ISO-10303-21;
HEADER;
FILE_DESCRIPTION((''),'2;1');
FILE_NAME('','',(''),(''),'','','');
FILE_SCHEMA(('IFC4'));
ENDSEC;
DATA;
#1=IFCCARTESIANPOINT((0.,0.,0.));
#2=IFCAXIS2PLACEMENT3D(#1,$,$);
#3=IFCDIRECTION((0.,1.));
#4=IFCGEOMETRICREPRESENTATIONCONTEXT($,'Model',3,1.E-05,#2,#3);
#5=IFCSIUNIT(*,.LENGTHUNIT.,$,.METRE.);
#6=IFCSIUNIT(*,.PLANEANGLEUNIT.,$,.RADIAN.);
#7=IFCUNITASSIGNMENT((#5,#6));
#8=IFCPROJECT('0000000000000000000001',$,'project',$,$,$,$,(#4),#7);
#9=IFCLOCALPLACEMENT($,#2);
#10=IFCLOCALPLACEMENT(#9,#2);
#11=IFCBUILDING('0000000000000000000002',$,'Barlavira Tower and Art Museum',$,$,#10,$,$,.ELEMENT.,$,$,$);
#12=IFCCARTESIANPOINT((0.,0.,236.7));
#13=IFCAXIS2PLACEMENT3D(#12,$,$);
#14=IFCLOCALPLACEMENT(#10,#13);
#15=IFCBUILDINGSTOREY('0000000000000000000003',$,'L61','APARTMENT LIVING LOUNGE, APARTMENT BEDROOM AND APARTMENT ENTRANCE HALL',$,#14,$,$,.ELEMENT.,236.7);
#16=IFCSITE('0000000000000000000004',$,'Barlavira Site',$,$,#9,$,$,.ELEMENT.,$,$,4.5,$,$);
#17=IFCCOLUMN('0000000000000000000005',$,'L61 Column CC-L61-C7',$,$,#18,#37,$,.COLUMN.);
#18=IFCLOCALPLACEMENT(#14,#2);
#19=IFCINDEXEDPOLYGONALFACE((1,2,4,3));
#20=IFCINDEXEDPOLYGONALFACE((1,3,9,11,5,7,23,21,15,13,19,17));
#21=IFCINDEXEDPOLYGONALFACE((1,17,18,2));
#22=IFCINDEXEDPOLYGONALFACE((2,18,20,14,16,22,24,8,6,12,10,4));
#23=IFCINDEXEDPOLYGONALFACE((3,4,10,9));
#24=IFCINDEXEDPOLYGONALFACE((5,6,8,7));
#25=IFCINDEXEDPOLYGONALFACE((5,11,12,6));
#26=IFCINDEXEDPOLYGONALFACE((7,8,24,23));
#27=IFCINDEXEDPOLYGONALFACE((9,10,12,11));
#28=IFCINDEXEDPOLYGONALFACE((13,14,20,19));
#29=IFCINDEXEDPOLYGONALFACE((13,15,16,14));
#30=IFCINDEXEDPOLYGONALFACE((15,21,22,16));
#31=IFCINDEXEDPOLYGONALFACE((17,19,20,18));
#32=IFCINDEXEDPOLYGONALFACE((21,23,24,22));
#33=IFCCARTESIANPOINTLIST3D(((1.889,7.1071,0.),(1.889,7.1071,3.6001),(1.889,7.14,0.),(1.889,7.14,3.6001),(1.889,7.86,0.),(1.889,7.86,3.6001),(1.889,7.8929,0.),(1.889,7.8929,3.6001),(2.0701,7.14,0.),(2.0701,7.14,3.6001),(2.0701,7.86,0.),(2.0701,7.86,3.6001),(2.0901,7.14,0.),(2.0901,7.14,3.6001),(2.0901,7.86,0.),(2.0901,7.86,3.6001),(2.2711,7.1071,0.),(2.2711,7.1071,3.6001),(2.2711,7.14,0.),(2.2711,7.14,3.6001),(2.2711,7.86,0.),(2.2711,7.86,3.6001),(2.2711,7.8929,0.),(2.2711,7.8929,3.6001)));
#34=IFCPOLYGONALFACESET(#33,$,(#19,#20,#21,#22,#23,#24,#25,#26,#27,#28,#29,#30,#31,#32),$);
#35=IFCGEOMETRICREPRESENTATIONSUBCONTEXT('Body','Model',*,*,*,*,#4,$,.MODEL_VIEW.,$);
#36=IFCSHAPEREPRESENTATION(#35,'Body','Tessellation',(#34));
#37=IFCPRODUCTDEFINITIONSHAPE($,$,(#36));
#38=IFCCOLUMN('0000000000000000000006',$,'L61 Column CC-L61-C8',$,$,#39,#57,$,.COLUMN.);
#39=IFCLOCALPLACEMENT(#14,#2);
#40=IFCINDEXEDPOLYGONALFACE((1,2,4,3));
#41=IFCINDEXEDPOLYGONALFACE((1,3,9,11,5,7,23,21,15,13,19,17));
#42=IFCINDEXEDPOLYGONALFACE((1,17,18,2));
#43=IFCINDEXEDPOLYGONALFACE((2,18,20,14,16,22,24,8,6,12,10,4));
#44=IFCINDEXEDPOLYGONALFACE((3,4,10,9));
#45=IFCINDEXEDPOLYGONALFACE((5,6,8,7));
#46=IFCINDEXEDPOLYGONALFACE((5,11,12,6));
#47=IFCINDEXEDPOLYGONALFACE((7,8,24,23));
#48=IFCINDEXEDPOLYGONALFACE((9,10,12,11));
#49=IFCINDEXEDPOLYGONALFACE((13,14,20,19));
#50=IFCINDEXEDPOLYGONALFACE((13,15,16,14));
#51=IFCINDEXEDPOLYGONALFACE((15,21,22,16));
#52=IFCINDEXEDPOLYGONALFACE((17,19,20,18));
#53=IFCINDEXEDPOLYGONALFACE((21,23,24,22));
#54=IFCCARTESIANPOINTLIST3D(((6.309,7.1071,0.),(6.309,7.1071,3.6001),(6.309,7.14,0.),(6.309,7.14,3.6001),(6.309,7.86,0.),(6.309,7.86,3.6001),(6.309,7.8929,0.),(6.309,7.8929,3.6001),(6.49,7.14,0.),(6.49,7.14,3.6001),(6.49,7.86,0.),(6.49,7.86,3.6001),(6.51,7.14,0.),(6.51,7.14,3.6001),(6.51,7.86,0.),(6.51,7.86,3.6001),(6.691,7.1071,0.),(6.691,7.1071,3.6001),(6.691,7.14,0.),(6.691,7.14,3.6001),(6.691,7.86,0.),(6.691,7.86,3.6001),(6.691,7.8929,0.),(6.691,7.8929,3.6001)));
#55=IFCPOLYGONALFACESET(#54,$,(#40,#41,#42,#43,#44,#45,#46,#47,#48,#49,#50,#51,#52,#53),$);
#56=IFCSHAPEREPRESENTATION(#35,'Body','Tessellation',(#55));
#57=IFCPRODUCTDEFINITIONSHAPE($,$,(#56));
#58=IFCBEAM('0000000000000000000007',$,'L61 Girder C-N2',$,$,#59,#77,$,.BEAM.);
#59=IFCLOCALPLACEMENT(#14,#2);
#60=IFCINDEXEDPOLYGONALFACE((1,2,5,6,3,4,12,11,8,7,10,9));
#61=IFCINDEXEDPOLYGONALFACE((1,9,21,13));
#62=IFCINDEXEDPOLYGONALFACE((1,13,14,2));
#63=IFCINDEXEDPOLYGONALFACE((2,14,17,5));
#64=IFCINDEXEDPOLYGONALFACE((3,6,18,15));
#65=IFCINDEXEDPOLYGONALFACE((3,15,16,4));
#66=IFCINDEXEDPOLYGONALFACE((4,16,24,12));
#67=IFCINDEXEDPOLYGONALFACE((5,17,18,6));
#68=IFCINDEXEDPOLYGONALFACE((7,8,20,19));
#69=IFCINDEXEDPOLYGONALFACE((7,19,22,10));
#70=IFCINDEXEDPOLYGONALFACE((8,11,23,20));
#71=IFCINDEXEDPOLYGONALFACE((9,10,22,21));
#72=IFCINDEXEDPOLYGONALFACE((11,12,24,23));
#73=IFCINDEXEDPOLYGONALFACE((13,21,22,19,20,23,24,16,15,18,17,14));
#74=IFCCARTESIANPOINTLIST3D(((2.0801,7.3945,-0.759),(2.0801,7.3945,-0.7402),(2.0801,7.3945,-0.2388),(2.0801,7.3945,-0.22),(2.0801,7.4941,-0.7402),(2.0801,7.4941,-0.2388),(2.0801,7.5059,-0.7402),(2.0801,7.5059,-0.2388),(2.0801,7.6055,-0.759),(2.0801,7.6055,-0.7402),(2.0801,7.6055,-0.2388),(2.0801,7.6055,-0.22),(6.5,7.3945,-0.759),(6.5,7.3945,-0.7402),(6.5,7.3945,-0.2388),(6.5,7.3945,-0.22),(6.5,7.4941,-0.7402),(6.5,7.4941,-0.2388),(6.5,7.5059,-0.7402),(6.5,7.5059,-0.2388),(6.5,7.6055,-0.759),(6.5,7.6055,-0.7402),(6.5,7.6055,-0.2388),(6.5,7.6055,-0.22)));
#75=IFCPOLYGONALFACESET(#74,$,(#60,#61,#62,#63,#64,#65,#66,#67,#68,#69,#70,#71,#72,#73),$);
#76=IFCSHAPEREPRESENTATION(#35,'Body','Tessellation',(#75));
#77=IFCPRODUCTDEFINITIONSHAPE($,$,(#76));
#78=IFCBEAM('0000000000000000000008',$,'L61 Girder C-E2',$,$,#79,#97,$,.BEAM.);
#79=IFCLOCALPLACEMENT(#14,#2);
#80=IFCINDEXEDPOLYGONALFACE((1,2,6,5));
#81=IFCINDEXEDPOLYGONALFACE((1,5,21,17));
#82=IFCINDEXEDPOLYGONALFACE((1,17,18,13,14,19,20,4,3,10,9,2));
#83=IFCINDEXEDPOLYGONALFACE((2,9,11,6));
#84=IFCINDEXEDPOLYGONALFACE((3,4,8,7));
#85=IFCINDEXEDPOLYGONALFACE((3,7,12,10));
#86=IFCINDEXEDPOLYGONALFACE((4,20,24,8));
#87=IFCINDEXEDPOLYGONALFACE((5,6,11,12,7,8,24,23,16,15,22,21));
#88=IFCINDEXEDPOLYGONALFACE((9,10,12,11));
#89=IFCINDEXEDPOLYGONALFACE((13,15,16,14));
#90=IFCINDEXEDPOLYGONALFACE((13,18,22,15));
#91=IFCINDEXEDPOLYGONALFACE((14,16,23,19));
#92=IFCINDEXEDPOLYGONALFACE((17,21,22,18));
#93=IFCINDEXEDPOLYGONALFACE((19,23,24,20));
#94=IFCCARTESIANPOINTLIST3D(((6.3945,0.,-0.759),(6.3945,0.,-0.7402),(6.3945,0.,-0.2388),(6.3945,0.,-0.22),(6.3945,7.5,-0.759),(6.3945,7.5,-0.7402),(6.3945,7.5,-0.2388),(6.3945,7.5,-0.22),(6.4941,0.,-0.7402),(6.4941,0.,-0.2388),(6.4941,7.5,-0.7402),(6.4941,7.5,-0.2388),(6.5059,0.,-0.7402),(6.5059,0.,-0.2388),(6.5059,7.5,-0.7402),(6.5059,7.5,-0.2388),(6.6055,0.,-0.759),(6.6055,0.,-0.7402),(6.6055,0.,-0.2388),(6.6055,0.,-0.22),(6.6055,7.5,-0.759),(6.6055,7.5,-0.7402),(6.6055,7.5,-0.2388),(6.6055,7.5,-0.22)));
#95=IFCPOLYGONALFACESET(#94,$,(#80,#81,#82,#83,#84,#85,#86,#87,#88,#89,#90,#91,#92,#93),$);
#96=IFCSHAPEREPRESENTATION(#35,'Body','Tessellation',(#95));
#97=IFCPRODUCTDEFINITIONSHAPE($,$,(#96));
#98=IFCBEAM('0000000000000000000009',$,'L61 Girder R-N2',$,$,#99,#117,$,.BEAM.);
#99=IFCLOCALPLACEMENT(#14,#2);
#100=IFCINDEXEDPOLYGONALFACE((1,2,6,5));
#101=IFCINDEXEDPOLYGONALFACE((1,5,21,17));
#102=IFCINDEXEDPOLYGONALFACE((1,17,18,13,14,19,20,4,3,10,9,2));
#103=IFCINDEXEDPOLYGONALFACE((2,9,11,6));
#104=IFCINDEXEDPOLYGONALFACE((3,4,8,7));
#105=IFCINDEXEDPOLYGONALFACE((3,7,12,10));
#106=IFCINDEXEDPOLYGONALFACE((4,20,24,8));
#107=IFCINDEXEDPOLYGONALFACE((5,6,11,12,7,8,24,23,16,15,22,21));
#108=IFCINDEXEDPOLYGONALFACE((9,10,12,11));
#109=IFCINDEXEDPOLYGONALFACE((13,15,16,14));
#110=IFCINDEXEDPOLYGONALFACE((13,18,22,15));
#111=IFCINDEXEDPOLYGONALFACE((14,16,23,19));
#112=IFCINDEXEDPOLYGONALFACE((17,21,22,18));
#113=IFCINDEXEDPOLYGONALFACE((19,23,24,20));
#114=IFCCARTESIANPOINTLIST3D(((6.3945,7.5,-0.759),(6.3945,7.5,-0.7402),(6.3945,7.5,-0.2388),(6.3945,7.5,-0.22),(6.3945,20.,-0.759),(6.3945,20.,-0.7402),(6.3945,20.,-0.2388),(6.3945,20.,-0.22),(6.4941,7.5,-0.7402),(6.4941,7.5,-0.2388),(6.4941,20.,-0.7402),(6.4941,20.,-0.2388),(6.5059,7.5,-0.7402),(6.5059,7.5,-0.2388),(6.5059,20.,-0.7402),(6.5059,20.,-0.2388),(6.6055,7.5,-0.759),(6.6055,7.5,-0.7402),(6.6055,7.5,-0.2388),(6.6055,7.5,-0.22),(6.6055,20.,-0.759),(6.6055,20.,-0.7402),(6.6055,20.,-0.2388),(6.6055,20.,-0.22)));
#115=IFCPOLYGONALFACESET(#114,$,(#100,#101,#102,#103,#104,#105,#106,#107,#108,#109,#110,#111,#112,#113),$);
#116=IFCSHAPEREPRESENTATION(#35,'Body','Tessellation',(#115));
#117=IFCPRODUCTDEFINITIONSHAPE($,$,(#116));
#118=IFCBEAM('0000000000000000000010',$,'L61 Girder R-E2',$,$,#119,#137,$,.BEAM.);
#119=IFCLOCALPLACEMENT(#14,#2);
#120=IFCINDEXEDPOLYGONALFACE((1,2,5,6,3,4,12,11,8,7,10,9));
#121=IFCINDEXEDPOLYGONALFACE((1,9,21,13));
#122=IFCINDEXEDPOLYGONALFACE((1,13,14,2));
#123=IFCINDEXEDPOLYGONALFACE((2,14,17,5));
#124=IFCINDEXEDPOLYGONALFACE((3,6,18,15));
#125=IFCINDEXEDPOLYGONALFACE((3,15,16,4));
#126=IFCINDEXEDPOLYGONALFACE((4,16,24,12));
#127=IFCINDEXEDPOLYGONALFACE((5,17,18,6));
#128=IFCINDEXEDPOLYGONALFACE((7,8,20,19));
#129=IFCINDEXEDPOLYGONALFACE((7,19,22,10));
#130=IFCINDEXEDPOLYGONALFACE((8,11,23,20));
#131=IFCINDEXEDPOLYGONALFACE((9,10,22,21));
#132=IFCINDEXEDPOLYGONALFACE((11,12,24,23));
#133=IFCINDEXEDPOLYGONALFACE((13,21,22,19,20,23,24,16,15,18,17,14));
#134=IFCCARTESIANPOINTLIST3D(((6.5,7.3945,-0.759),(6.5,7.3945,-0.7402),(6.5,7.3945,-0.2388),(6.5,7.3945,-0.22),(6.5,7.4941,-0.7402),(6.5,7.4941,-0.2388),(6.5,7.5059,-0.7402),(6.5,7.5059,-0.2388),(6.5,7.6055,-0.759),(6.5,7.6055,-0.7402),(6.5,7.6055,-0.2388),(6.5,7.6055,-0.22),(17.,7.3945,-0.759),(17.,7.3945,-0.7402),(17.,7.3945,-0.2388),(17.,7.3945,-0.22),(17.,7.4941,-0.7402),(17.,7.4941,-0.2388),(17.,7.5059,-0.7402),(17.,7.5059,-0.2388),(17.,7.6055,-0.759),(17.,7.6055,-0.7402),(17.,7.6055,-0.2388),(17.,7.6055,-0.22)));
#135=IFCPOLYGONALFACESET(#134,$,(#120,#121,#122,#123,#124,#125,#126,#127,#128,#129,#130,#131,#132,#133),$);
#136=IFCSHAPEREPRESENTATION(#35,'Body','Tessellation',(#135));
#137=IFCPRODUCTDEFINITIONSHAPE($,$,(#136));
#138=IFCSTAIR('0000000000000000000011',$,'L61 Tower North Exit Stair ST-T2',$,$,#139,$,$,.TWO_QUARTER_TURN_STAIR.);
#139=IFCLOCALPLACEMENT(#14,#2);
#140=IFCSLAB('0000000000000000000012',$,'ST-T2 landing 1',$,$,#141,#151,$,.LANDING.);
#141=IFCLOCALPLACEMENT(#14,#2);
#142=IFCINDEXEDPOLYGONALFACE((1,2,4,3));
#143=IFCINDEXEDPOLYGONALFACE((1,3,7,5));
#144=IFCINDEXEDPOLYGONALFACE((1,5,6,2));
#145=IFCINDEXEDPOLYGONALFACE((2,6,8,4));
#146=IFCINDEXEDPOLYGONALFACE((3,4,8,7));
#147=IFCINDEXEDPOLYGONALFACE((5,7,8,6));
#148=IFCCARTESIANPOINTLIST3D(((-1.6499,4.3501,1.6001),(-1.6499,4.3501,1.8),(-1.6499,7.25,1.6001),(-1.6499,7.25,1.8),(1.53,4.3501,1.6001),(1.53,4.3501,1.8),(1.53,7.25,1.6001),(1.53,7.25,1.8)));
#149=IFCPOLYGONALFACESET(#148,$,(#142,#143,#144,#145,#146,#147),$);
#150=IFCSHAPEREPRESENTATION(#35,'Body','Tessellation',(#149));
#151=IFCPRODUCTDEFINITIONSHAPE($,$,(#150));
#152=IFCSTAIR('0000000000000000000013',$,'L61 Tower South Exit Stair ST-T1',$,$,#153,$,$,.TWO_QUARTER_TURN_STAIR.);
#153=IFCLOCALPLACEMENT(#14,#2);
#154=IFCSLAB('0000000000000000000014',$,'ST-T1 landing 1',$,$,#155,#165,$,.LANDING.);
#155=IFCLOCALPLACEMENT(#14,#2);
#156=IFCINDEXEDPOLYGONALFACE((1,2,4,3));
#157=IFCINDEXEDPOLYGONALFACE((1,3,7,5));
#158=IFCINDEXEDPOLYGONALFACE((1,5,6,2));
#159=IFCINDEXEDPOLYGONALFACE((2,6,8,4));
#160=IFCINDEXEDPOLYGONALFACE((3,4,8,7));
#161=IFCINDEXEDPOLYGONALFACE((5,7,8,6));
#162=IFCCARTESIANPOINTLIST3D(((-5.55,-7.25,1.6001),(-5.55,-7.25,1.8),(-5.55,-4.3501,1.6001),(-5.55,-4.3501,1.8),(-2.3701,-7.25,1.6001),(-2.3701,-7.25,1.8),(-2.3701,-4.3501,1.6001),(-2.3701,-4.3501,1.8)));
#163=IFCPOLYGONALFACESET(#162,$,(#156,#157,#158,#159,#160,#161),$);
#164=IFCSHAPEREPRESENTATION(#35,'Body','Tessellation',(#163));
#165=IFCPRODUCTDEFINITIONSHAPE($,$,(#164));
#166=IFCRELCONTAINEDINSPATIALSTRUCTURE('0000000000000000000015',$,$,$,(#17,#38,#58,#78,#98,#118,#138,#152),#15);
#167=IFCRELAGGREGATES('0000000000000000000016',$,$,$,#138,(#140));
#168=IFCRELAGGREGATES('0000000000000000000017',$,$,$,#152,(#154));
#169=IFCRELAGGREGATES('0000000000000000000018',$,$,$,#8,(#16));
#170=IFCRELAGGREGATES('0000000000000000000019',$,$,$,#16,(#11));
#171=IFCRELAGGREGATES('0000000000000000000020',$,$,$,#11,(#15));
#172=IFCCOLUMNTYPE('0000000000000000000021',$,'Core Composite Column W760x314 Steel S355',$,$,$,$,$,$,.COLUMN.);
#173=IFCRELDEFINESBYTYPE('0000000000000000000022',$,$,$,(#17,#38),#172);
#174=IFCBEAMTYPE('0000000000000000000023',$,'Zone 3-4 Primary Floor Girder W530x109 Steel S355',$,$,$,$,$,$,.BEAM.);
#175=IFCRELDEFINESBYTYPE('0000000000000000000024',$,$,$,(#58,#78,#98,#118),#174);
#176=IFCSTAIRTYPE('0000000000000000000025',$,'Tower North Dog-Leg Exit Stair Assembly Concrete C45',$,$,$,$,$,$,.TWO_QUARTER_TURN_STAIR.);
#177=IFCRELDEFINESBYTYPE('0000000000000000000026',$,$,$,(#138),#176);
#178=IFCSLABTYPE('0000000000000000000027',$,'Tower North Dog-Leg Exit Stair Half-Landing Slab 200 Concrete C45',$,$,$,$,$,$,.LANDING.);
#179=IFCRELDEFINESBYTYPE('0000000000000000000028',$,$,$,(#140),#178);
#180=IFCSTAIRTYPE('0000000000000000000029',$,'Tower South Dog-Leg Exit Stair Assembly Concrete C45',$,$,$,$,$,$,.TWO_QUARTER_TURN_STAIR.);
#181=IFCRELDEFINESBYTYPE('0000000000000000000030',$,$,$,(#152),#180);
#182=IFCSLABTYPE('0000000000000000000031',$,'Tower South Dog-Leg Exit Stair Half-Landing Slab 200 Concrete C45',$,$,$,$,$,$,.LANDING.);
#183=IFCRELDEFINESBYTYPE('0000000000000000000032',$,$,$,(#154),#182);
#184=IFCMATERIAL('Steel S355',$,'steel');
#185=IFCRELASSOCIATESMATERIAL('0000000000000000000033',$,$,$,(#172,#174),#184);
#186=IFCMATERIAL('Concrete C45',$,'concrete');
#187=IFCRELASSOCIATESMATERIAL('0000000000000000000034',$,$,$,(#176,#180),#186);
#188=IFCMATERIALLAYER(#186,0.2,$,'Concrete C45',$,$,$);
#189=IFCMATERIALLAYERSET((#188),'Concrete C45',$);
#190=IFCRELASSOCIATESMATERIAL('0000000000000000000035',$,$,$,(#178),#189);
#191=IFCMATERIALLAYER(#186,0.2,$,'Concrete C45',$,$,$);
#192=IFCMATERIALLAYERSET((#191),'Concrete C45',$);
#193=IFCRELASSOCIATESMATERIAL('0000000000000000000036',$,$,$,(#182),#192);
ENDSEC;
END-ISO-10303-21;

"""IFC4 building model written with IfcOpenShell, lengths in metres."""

from ifc_helpers import new_model, si_unit, direction, frame, origin, origin_2d, place, context, subcontext, project, spatial, polyline, i_section, outline, extrude, material, layer, layer_set, material_profile, profile_set, type_object, element, aggregate, save


model = new_model("IFC4")

# Units and contexts
model_context = context("Model", 3, precision=1e-05, world=origin(), true_north=direction((0.0, 1.0)))
body_context = subcontext(model_context, "Body", "Model", "MODEL_VIEW")
ifc_project = project(units=[si_unit("LENGTHUNIT", "METRE"), si_unit("PLANEANGLEUNIT", "RADIAN")], contexts=[model_context])

# Site, building, storey
site_placement = place(None, origin())
site = spatial("IfcSite", under=ifc_project, at=site_placement, Name="Barlavira Site", CompositionType="ELEMENT", RefElevation=4.5)
building_placement = place(site_placement, origin())
building = spatial("IfcBuilding", under=site, at=building_placement, Name="Barlavira Tower and Art Museum", CompositionType="ELEMENT")
storey_placement = place(building_placement, frame((0.0, 0.0, 236.7)))
storey = spatial("IfcBuildingStorey", under=building, at=storey_placement, Name="L61", Description="APARTMENT LIVING LOUNGE, APARTMENT BEDROOM AND APARTMENT ENTRANCE HALL", CompositionType="ELEMENT", Elevation=236.7)

# Columns
ifc_material_1 = material(Name="Steel S355", Category="steel")
ifc_material_profile_1 = material_profile(ifc_material_1, i_section(OverallWidth=0.3821, OverallDepth=0.7859, WebThickness=0.02, FlangeThickness=0.033, at=origin_2d()), Name="W760x314.0")
ifc_profile_set_1 = profile_set([ifc_material_profile_1], Name="Steel S355")
column_type = type_object("IfcColumnType", Name="Core Composite Column W760x314 Steel S355", PredefinedType="COLUMN", material=ifc_profile_set_1)
for number, where, z_axis, x_axis, name in (
    (1, (2.0801, 7.5, 0.0), (0.0, 0.0, 1.0), (1.0, 0.0, 0.0), "L61 Column CC-L61-C7"),
    (2, (6.5, 7.5, 0.0), (0.0, 0.0, 1.0), (1.0, 0.0, 0.0), "L61 Column CC-L61-C8"),
):
    element("IfcColumn", number, at=place(storey_placement, frame(where, z_axis=z_axis, x_axis=x_axis)), inside=storey, type_object=column_type, Name=name, PredefinedType="COLUMN", context=body_context, shape_type="SweptSolid", body=[
        extrude(i_section(OverallWidth=0.3821, OverallDepth=0.7859, WebThickness=0.02, FlangeThickness=0.033, at=origin_2d()), origin(), (0.0, 0.0, 1.0), 3.6001),
    ])

# Beams
ifc_material_profile_2 = material_profile(ifc_material_1, i_section(OverallWidth=0.2109, OverallDepth=0.5391, WebThickness=0.0117, FlangeThickness=0.0188, at=origin_2d()), Name="W530x109.0")
ifc_profile_set_2 = profile_set([ifc_material_profile_2], Name="Steel S355")
beam_type = type_object("IfcBeamType", Name="Zone 3-4 Primary Floor Girder W530x109 Steel S355", PredefinedType="BEAM", material=ifc_profile_set_2)
beam_1_placement = place(storey_placement, frame((2.0801, 7.5, -0.4895), z_axis=(1.0, 0.0, 0.0), x_axis=(0.0, 1.0, 0.0)))
element("IfcBeam", 3, at=beam_1_placement, inside=storey, type_object=beam_type, Name="L61 Girder C-N2", PredefinedType="BEAM", context=body_context, shape_type="SweptSolid", body=[
    extrude(i_section(OverallWidth=0.2109, OverallDepth=0.5391, WebThickness=0.0117, FlangeThickness=0.0188, at=origin_2d()), origin(), (0.0, 0.0, 1.0), 4.4199),
])
beam_2_placement = place(storey_placement, frame((6.5, 0.0, -0.4895), z_axis=(0.0, 1.0, 0.0), x_axis=(-1.0, 0.0, 0.0)))
element("IfcBeam", 4, at=beam_2_placement, inside=storey, type_object=beam_type, Name="L61 Girder C-E2", PredefinedType="BEAM", context=body_context, shape_type="SweptSolid", body=[
    extrude(i_section(OverallWidth=0.2109, OverallDepth=0.5391, WebThickness=0.0117, FlangeThickness=0.0188, at=origin_2d()), origin(), (0.0, 0.0, 1.0), 7.5),
])
beam_3_placement = place(storey_placement, frame((6.5, 7.5, -0.4895), z_axis=(0.0, 1.0, 0.0), x_axis=(-1.0, 0.0, 0.0)))
element("IfcBeam", 5, at=beam_3_placement, inside=storey, type_object=beam_type, Name="L61 Girder R-N2", PredefinedType="BEAM", context=body_context, shape_type="SweptSolid", body=[
    extrude(i_section(OverallWidth=0.2109, OverallDepth=0.5391, WebThickness=0.0117, FlangeThickness=0.0188, at=origin_2d()), origin(), (0.0, 0.0, 1.0), 12.5),
])
beam_4_placement = place(storey_placement, frame((6.5, 7.5, -0.4895), z_axis=(1.0, 0.0, 0.0), x_axis=(0.0, 1.0, 0.0)))
element("IfcBeam", 6, at=beam_4_placement, inside=storey, type_object=beam_type, Name="L61 Girder R-E2", PredefinedType="BEAM", context=body_context, shape_type="SweptSolid", body=[
    extrude(i_section(OverallWidth=0.2109, OverallDepth=0.5391, WebThickness=0.0117, FlangeThickness=0.0188, at=origin_2d()), origin(), (0.0, 0.0, 1.0), 10.5),
])

# Stairs, slabs
ifc_material_2 = material(Name="Concrete C45", Category="concrete")
stair_type_1 = type_object("IfcStairType", Name="Tower North Dog-Leg Exit Stair Assembly Concrete C45", PredefinedType="TWO_QUARTER_TURN_STAIR", material=ifc_material_2)
stair_1_placement = place(storey_placement, origin())
stair_1 = element("IfcStair", 7, at=stair_1_placement, inside=storey, type_object=stair_type_1, Name="L61 Tower North Exit Stair ST-T2", PredefinedType="TWO_QUARTER_TURN_STAIR")
ifc_layer_1 = layer(ifc_material_2, 0.2, Name="Concrete C45")
ifc_layer_set_1 = layer_set([ifc_layer_1], Name="Concrete C45")
slab_type_1 = type_object("IfcSlabType", Name="Tower North Dog-Leg Exit Stair Half-Landing Slab 200 Concrete C45", PredefinedType="LANDING", material=ifc_layer_set_1)
slab_1_placement = place(storey_placement, frame((0.0, 0.0, 1.6001)))
slab_1 = element("IfcSlab", 8, at=slab_1_placement, type_object=slab_type_1, Name="ST-T2 landing 1", PredefinedType="LANDING", context=body_context, shape_type="SweptSolid", body=[
    extrude(outline(polyline([(-1.6499, 4.3501), (1.53, 4.3501), (1.53, 7.25), (-1.6499, 7.25), (-1.6499, 4.3501)])), origin(), (0.0, 0.0, 1.0), 0.2),
])
aggregate(stair_1, [slab_1])
stair_type_2 = type_object("IfcStairType", Name="Tower South Dog-Leg Exit Stair Assembly Concrete C45", PredefinedType="TWO_QUARTER_TURN_STAIR", material=ifc_material_2)
stair_2_placement = place(storey_placement, origin())
stair_2 = element("IfcStair", 9, at=stair_2_placement, inside=storey, type_object=stair_type_2, Name="L61 Tower South Exit Stair ST-T1", PredefinedType="TWO_QUARTER_TURN_STAIR")
ifc_layer_2 = layer(ifc_material_2, 0.2, Name="Concrete C45")
ifc_layer_set_2 = layer_set([ifc_layer_2], Name="Concrete C45")
slab_type_2 = type_object("IfcSlabType", Name="Tower South Dog-Leg Exit Stair Half-Landing Slab 200 Concrete C45", PredefinedType="LANDING", material=ifc_layer_set_2)
slab_2_placement = place(storey_placement, frame((0.0, 0.0, 1.6001)))
slab_2 = element("IfcSlab", 10, at=slab_2_placement, type_object=slab_type_2, Name="ST-T1 landing 1", PredefinedType="LANDING", context=body_context, shape_type="SweptSolid", body=[
    extrude(outline(polyline([(-2.3701, -4.3501), (-5.55, -4.3501), (-5.55, -7.25), (-2.3701, -7.25), (-2.3701, -4.3501)])), origin(), (0.0, 0.0, 1.0), 0.2),
])
aggregate(stair_2, [slab_2])

save(model, "model.ifc")
